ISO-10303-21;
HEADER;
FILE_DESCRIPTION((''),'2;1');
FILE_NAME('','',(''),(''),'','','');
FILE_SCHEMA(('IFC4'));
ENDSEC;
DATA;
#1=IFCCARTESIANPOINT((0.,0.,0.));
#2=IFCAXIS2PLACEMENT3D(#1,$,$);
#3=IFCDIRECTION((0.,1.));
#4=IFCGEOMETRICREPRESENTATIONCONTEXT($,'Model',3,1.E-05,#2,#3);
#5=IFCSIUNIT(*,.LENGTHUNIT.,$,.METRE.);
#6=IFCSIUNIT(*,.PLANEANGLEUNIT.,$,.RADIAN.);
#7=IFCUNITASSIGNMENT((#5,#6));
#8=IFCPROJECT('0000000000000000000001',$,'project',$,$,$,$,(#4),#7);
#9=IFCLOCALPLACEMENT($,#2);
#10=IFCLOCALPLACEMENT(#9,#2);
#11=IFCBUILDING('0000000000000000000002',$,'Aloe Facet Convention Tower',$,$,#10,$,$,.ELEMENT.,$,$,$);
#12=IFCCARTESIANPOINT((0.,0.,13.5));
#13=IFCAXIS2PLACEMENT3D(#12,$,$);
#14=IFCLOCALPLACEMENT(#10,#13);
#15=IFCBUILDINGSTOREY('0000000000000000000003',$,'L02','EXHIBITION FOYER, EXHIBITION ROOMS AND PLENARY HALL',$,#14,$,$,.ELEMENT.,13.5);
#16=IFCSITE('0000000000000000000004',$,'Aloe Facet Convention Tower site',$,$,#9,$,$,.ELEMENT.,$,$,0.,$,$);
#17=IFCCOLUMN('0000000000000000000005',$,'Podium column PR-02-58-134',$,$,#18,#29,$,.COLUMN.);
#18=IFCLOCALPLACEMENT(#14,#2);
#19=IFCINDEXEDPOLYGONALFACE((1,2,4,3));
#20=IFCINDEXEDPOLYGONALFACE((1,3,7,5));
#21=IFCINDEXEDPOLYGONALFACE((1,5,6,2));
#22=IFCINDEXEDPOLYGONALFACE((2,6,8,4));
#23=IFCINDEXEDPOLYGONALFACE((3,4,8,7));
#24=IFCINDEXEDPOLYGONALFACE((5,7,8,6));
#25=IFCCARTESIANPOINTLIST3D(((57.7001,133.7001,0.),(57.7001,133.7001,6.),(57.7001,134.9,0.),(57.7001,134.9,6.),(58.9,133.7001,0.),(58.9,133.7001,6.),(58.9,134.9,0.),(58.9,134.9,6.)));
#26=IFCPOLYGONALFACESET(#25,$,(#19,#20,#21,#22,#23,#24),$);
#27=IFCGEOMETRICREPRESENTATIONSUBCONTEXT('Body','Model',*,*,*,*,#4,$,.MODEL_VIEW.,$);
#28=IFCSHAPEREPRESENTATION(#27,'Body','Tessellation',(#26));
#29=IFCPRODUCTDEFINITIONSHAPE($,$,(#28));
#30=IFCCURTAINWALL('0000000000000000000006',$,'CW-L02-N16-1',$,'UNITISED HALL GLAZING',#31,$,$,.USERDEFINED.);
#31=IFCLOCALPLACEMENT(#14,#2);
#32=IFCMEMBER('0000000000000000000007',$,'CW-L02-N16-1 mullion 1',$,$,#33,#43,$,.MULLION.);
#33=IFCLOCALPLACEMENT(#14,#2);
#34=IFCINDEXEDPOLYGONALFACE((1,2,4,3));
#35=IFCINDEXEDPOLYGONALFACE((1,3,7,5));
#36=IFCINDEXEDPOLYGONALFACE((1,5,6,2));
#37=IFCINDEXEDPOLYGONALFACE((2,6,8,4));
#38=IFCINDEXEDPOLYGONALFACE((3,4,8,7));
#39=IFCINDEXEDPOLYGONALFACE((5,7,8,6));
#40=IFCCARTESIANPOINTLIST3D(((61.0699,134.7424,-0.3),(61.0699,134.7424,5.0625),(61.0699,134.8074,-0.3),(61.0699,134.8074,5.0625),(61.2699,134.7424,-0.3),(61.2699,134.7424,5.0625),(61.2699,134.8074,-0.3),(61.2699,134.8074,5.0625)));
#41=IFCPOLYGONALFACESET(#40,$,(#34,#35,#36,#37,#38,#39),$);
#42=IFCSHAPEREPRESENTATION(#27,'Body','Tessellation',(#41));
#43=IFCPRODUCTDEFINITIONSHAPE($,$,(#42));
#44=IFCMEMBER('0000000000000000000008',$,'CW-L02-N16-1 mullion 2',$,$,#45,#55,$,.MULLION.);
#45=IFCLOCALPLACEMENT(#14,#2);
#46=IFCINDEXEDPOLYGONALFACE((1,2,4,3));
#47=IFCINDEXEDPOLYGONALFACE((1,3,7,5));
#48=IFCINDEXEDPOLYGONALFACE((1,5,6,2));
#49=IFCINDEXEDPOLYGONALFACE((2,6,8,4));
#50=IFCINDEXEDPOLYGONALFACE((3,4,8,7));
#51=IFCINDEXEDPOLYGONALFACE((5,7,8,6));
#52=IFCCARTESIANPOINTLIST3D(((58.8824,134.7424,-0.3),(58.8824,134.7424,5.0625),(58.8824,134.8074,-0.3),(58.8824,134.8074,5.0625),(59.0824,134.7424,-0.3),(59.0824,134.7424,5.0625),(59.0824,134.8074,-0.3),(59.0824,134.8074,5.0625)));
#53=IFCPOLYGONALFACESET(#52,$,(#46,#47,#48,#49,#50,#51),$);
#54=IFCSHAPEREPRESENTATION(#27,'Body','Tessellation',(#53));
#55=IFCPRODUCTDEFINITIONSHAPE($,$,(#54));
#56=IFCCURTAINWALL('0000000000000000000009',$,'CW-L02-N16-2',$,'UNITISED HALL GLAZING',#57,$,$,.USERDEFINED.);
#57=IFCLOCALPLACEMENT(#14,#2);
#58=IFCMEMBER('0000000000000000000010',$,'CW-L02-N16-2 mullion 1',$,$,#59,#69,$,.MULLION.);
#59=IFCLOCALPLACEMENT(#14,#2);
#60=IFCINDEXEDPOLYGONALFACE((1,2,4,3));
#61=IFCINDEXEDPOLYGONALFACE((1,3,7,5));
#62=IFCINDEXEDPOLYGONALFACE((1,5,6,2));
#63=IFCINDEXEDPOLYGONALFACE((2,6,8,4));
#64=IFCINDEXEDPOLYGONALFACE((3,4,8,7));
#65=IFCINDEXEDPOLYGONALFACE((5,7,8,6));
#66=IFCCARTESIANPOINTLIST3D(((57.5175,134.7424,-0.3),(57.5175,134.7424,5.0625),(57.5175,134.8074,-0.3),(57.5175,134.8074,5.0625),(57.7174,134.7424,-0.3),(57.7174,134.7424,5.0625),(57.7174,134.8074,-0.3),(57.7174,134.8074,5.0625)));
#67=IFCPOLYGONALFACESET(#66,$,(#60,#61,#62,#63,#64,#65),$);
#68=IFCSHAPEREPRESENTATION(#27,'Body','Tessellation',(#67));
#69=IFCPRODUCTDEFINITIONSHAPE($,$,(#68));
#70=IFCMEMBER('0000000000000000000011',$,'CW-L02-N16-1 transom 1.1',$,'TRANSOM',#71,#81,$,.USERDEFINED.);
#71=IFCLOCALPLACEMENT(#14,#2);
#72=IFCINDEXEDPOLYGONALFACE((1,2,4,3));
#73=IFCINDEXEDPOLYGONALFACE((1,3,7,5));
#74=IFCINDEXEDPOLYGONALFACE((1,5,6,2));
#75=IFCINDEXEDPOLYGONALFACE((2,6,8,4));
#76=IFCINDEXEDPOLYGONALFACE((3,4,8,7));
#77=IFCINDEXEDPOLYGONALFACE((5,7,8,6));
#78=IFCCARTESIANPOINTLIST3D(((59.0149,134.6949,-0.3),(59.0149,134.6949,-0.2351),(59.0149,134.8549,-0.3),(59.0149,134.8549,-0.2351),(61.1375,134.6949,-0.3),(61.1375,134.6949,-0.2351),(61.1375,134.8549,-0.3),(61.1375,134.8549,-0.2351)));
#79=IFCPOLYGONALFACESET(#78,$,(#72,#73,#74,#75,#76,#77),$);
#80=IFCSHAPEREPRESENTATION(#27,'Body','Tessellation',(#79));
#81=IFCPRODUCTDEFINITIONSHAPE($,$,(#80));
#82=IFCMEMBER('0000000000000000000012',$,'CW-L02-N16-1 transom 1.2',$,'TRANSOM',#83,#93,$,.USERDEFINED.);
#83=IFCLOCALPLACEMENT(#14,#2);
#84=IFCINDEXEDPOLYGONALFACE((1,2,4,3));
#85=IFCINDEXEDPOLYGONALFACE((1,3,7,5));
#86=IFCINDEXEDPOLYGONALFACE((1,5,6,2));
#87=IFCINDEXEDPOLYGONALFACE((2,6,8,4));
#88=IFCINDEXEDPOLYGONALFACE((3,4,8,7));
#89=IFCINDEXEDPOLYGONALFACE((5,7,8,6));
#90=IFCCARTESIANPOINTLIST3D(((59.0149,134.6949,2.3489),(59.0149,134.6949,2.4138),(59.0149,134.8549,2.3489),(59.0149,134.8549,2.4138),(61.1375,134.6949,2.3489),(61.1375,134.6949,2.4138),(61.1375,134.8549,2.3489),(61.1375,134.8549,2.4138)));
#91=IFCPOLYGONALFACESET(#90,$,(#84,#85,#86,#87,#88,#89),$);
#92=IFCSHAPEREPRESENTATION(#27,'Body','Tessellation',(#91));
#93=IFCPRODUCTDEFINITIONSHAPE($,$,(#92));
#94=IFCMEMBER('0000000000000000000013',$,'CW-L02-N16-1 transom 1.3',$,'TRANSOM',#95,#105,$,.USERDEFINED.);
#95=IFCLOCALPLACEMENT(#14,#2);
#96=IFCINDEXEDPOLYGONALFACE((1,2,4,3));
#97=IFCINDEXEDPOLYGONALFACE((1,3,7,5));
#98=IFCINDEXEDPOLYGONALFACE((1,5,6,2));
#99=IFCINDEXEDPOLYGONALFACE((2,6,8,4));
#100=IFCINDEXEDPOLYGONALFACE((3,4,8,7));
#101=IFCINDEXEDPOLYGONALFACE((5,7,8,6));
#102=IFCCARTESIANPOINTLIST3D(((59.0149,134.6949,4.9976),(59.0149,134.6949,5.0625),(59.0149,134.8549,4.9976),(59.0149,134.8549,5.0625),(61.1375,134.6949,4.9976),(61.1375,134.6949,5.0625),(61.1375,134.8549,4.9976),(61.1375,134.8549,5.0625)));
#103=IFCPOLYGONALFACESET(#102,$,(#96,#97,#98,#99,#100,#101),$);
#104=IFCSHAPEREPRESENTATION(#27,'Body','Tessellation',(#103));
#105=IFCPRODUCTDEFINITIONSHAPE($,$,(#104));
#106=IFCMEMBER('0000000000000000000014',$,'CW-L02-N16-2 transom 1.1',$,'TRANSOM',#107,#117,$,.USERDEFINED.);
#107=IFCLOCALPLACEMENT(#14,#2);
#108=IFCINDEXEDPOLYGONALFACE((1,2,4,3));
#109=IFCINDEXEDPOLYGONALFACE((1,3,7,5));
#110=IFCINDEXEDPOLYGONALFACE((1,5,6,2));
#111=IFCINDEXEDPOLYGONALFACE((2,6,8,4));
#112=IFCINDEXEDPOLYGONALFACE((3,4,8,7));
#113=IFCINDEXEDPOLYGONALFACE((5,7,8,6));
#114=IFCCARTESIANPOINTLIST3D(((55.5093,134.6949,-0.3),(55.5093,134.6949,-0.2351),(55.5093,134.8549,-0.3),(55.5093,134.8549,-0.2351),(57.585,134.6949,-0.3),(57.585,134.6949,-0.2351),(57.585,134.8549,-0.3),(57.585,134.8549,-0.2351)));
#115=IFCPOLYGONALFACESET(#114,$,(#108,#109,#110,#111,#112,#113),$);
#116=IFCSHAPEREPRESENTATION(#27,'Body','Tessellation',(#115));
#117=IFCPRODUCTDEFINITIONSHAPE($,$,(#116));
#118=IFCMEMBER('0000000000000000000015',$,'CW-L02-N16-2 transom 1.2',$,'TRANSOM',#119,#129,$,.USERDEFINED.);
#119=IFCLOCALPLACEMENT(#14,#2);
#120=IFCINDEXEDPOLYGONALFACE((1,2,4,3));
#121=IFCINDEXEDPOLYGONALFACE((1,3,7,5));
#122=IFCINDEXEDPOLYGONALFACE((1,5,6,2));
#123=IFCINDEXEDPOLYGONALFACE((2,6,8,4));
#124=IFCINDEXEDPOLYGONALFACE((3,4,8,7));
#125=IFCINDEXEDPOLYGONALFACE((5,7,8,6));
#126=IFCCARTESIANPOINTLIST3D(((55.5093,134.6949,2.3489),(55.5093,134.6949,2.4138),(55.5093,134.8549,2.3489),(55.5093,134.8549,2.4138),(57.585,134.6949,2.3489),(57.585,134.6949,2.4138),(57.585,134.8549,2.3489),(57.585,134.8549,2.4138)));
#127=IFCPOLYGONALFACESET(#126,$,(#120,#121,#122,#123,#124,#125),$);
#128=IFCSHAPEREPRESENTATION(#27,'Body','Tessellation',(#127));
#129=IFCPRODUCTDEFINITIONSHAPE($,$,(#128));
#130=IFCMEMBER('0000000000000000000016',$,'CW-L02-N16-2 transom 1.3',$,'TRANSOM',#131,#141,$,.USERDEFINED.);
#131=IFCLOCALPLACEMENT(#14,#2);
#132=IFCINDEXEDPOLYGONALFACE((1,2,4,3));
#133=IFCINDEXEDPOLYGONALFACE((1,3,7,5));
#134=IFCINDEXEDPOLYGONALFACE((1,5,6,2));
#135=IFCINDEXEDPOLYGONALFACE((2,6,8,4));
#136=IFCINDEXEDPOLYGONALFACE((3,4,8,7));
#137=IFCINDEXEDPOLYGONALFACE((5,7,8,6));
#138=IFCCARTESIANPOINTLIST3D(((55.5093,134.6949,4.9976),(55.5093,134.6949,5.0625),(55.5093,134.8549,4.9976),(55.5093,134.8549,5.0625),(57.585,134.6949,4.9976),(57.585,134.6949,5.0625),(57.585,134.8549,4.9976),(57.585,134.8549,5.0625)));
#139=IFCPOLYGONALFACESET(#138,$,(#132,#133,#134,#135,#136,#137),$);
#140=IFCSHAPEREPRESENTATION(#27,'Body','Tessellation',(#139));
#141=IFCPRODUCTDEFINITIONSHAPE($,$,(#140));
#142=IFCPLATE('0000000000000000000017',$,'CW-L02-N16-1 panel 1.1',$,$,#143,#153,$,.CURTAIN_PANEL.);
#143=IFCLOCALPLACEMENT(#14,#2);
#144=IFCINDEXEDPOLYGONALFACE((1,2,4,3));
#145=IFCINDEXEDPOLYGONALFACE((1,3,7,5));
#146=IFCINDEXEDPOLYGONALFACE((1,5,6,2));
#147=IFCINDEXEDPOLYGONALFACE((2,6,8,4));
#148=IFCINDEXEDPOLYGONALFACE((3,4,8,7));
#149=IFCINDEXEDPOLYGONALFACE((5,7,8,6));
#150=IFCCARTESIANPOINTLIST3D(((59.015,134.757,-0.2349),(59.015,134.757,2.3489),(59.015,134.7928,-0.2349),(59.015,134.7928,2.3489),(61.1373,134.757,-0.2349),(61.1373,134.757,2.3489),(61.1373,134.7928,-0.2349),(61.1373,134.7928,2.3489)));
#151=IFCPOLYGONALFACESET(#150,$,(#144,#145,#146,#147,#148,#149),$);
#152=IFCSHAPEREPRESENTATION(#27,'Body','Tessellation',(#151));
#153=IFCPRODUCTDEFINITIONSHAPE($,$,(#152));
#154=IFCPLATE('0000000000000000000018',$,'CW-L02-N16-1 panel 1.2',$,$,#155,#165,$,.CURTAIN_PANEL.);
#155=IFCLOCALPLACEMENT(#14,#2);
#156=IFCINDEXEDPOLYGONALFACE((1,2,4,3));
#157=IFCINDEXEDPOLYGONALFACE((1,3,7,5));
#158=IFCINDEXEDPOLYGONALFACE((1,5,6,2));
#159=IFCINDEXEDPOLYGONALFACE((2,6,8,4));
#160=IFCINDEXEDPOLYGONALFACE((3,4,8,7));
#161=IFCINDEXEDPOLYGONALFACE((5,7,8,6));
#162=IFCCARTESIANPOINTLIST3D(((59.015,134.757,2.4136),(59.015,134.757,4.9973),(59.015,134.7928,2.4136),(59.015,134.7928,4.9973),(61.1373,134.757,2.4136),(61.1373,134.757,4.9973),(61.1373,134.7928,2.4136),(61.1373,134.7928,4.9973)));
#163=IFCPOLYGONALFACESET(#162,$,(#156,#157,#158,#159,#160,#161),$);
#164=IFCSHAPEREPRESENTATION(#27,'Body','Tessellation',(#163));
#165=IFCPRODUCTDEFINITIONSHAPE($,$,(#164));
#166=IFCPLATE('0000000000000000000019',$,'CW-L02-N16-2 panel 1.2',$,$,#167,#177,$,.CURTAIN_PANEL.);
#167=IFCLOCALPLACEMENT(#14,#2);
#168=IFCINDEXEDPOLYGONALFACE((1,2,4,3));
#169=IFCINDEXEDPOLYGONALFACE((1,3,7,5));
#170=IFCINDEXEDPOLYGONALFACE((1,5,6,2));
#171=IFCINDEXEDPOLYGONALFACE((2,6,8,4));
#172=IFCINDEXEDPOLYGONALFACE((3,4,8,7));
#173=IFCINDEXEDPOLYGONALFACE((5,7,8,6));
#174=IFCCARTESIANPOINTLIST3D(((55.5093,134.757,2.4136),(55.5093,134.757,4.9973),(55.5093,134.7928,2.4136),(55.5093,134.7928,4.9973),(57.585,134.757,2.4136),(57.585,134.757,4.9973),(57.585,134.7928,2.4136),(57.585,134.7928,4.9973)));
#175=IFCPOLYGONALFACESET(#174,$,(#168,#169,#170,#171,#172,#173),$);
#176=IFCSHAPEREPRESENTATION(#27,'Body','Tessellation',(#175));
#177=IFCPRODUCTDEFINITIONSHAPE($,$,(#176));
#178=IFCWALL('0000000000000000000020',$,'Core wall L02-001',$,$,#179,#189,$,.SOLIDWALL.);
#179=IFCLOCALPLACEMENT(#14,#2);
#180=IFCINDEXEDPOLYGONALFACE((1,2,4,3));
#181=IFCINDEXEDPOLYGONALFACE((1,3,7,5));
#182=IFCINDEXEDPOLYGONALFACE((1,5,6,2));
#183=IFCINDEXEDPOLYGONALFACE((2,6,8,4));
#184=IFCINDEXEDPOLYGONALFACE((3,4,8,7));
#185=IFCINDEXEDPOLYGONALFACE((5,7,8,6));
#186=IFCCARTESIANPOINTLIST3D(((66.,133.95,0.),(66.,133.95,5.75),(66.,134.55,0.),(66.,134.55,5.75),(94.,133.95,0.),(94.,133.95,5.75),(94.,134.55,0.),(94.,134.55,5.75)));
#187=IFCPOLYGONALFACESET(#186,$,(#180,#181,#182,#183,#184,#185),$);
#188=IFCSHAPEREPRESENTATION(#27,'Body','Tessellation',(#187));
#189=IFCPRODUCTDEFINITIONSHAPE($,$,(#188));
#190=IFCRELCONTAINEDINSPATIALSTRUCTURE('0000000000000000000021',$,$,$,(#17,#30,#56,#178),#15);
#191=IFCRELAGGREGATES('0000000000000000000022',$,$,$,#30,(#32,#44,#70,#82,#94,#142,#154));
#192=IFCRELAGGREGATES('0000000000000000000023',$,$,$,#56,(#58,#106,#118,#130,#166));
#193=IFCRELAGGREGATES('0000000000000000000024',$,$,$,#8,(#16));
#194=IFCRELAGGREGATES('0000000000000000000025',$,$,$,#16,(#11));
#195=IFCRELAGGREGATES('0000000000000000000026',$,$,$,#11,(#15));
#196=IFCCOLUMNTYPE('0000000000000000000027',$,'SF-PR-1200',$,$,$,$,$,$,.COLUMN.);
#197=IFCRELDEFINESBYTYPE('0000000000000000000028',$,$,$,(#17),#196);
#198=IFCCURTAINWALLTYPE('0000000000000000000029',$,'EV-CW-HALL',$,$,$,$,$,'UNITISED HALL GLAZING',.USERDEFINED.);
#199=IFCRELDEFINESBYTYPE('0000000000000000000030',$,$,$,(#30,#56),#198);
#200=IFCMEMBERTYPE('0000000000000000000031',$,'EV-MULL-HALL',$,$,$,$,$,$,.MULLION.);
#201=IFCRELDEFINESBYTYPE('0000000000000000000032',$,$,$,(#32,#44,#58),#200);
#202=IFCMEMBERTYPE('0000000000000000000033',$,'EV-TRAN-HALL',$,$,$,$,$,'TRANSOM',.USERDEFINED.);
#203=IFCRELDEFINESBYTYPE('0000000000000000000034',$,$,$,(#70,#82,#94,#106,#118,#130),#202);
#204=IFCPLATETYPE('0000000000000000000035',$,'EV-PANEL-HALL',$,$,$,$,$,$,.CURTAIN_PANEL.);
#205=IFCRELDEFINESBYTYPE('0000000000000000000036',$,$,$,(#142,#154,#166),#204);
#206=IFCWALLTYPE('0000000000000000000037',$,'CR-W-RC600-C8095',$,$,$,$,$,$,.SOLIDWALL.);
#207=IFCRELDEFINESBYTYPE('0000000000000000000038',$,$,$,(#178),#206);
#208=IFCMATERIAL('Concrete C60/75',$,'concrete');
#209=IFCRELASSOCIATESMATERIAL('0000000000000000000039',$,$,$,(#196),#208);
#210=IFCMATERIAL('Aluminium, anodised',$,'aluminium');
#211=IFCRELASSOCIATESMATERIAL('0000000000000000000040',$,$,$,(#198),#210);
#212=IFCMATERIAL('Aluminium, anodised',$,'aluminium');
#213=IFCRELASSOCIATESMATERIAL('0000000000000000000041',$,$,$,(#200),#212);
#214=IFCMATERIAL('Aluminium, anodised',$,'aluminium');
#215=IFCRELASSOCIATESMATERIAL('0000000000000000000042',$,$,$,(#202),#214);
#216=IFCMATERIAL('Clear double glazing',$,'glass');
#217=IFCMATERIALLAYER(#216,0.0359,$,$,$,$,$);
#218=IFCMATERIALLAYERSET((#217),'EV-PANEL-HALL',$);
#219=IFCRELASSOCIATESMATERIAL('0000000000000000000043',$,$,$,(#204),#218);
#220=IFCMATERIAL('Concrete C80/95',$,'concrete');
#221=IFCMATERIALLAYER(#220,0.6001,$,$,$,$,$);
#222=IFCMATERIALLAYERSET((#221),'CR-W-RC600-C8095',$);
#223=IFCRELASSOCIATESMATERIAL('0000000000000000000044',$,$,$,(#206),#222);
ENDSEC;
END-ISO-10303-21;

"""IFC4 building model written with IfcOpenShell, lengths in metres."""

from ifc_helpers import new_model, si_unit, direction, frame, frame_2d, origin, origin_2d, place, context, subcontext, project, spatial, rectangle, extrude, material, layer, layer_set, material_profile, profile_set, type_object, element, aggregate, save


model = new_model("IFC4")

# Units and contexts
model_context = context("Model", 3, precision=1e-05, world=origin(), true_north=direction((0.0, 1.0)))
body_context = subcontext(model_context, "Body", "Model", "MODEL_VIEW")
ifc_project = project(units=[si_unit("LENGTHUNIT", "METRE"), si_unit("PLANEANGLEUNIT", "RADIAN")], contexts=[model_context])

# Site, building, storey
site_placement = place(None, origin())
site = spatial("IfcSite", under=ifc_project, at=site_placement, Name="Aloe Facet Convention Tower site", CompositionType="ELEMENT", RefElevation=0.0)
building_placement = place(site_placement, origin())
building = spatial("IfcBuilding", under=site, at=building_placement, Name="Aloe Facet Convention Tower", CompositionType="ELEMENT")
storey_placement = place(building_placement, frame((0.0, 0.0, 13.5)))
storey = spatial("IfcBuildingStorey", under=building, at=storey_placement, Name="L02", Description="EXHIBITION FOYER, EXHIBITION ROOMS AND PLENARY HALL", CompositionType="ELEMENT", Elevation=13.5)

# Column
ifc_material_1 = material(Name="Concrete C60/75", Category="concrete")
ifc_material_profile_1 = material_profile(ifc_material_1, rectangle(XDim=1.2, YDim=1.2, at=origin_2d()), Name="SF-PR-1200")
ifc_profile_set_1 = profile_set([ifc_material_profile_1], Name="Concrete C60/75")
column_type = type_object("IfcColumnType", Name="SF-PR-1200", PredefinedType="COLUMN", material=ifc_profile_set_1)
column_placement = place(storey_placement, frame((58.3, 134.3, 0.0), z_axis=(0.0, 0.0, 1.0), x_axis=(1.0, 0.0, 0.0)))
element("IfcColumn", 1, at=column_placement, inside=storey, type_object=column_type, Name="Podium column PR-02-58-134", PredefinedType="COLUMN", context=body_context, shape_type="SweptSolid", body=[
    extrude(rectangle(XDim=1.2, YDim=1.2, at=origin_2d()), origin(), (0.0, 0.0, 1.0), 6.0),
])

# Curtain wall, members
ifc_material_2 = material(Name="Aluminium, anodised", Category="aluminium")
curtain_wall_type = type_object("IfcCurtainWallType", Name="EV-CW-HALL", ElementType="UNITISED HALL GLAZING", PredefinedType="USERDEFINED", material=ifc_material_2)
curtain_wall_1_placement = place(storey_placement, origin())
curtain_wall_1 = element("IfcCurtainWall", 2, at=curtain_wall_1_placement, inside=storey, type_object=curtain_wall_type, Name="CW-L02-N16-1", ObjectType="UNITISED HALL GLAZING", PredefinedType="USERDEFINED")
ifc_material_3 = material(Name="Aluminium, anodised", Category="aluminium")
ifc_material_profile_2 = material_profile(ifc_material_3, rectangle(XDim=0.0649, YDim=0.2, at=origin_2d()), Name="AL 65x200")
ifc_profile_set_2 = profile_set([ifc_material_profile_2], Name="Aluminium, anodised")
member_type_1 = type_object("IfcMemberType", Name="EV-MULL-HALL", PredefinedType="MULLION", material=ifc_profile_set_2)
member_1_placement = place(storey_placement, frame((61.1699, 134.7749, -0.3), z_axis=(0.0, 0.0, 1.0), x_axis=(0.0, -1.0, 0.0)))
member_1 = element("IfcMember", 3, at=member_1_placement, type_object=member_type_1, Name="CW-L02-N16-1 mullion 1", PredefinedType="MULLION", context=body_context, shape_type="SweptSolid", body=[
    extrude(rectangle(XDim=0.0649, YDim=0.2, at=origin_2d()), origin(), (0.0, 0.0, 1.0), 5.3625),
])
member_2_placement = place(storey_placement, frame((58.9824, 134.7749, -0.3), z_axis=(0.0, 0.0, 1.0), x_axis=(0.0, -1.0, 0.0)))
member_2 = element("IfcMember", 4, at=member_2_placement, type_object=member_type_1, Name="CW-L02-N16-1 mullion 2", PredefinedType="MULLION", context=body_context, shape_type="SweptSolid", body=[
    extrude(rectangle(XDim=0.0649, YDim=0.2, at=origin_2d()), origin(), (0.0, 0.0, 1.0), 5.3625),
])

# Curtain wall, member
curtain_wall_2_placement = place(storey_placement, origin())
curtain_wall_2 = element("IfcCurtainWall", 5, at=curtain_wall_2_placement, inside=storey, type_object=curtain_wall_type, Name="CW-L02-N16-2", ObjectType="UNITISED HALL GLAZING", PredefinedType="USERDEFINED")
member_3_placement = place(storey_placement, frame((57.6174, 134.7749, -0.3), z_axis=(0.0, 0.0, 1.0), x_axis=(0.0, -1.0, 0.0)))
member_3 = element("IfcMember", 6, at=member_3_placement, type_object=member_type_1, Name="CW-L02-N16-2 mullion 1", PredefinedType="MULLION", context=body_context, shape_type="SweptSolid", body=[
    extrude(rectangle(XDim=0.0649, YDim=0.2, at=origin_2d()), origin(), (0.0, 0.0, 1.0), 5.3625),
])

# Members
ifc_material_4 = material(Name="Aluminium, anodised", Category="aluminium")
ifc_material_profile_3 = material_profile(ifc_material_4, rectangle(XDim=0.1599, YDim=0.0649, at=origin_2d()), Name="AL 160x65")
ifc_profile_set_3 = profile_set([ifc_material_profile_3], Name="Aluminium, anodised")
member_type_2 = type_object("IfcMemberType", Name="EV-TRAN-HALL", ElementType="TRANSOM", PredefinedType="USERDEFINED", material=ifc_profile_set_3)
member_4_placement = place(storey_placement, frame((61.1375, 134.7749, -0.2676), z_axis=(-1.0, 0.0, 0.0), x_axis=(0.0, -1.0, 0.0)))
member_4 = element("IfcMember", 7, at=member_4_placement, type_object=member_type_2, Name="CW-L02-N16-1 transom 1.1", ObjectType="TRANSOM", PredefinedType="USERDEFINED", context=body_context, shape_type="SweptSolid", body=[
    extrude(rectangle(XDim=0.1599, YDim=0.0649, at=origin_2d()), origin(), (0.0, 0.0, 1.0), 2.1226),
])
member_5_placement = place(storey_placement, frame((61.1375, 134.7749, 2.3813), z_axis=(-1.0, 0.0, 0.0), x_axis=(0.0, -1.0, 0.0)))
member_5 = element("IfcMember", 8, at=member_5_placement, type_object=member_type_2, Name="CW-L02-N16-1 transom 1.2", ObjectType="TRANSOM", PredefinedType="USERDEFINED", context=body_context, shape_type="SweptSolid", body=[
    extrude(rectangle(XDim=0.1599, YDim=0.0649, at=origin_2d()), origin(), (0.0, 0.0, 1.0), 2.1226),
])
member_6_placement = place(storey_placement, frame((61.1375, 134.7749, 5.03), z_axis=(-1.0, 0.0, 0.0), x_axis=(0.0, -1.0, 0.0)))
member_6 = element("IfcMember", 9, at=member_6_placement, type_object=member_type_2, Name="CW-L02-N16-1 transom 1.3", ObjectType="TRANSOM", PredefinedType="USERDEFINED", context=body_context, shape_type="SweptSolid", body=[
    extrude(rectangle(XDim=0.1599, YDim=0.0649, at=origin_2d()), origin(), (0.0, 0.0, 1.0), 2.1226),
])
member_7_placement = place(storey_placement, frame((57.585, 134.7749, -0.2676), z_axis=(-1.0, 0.0, 0.0), x_axis=(0.0, -1.0, 0.0)))
member_7 = element("IfcMember", 10, at=member_7_placement, type_object=member_type_2, Name="CW-L02-N16-2 transom 1.1", ObjectType="TRANSOM", PredefinedType="USERDEFINED", context=body_context, shape_type="SweptSolid", body=[
    extrude(rectangle(XDim=0.1599, YDim=0.0649, at=origin_2d()), origin(), (0.0, 0.0, 1.0), 2.0757),
])
member_8_placement = place(storey_placement, frame((57.585, 134.7749, 2.3813), z_axis=(-1.0, 0.0, 0.0), x_axis=(0.0, -1.0, 0.0)))
member_8 = element("IfcMember", 11, at=member_8_placement, type_object=member_type_2, Name="CW-L02-N16-2 transom 1.2", ObjectType="TRANSOM", PredefinedType="USERDEFINED", context=body_context, shape_type="SweptSolid", body=[
    extrude(rectangle(XDim=0.1599, YDim=0.0649, at=origin_2d()), origin(), (0.0, 0.0, 1.0), 2.0757),
])
member_9_placement = place(storey_placement, frame((57.585, 134.7749, 5.03), z_axis=(-1.0, 0.0, 0.0), x_axis=(0.0, -1.0, 0.0)))
member_9 = element("IfcMember", 12, at=member_9_placement, type_object=member_type_2, Name="CW-L02-N16-2 transom 1.3", ObjectType="TRANSOM", PredefinedType="USERDEFINED", context=body_context, shape_type="SweptSolid", body=[
    extrude(rectangle(XDim=0.1599, YDim=0.0649, at=origin_2d()), origin(), (0.0, 0.0, 1.0), 2.0757),
])

# Plates
ifc_material_5 = material(Name="Clear double glazing", Category="glass")
ifc_layer_1 = layer(ifc_material_5, 0.0359)
ifc_layer_set_1 = layer_set([ifc_layer_1], Name="EV-PANEL-HALL")
plate_type = type_object("IfcPlateType", Name="EV-PANEL-HALL", PredefinedType="CURTAIN_PANEL", material=ifc_layer_set_1)
plate_1_placement = place(storey_placement, frame((60.0762, 134.7749, -0.2349), z_axis=(0.0, 0.0, 1.0), x_axis=(-1.0, 0.0, 0.0)))
plate_1 = element("IfcPlate", 13, at=plate_1_placement, type_object=plate_type, Name="CW-L02-N16-1 panel 1.1", PredefinedType="CURTAIN_PANEL", context=body_context, shape_type="SweptSolid", body=[
    extrude(rectangle(XDim=2.1223, YDim=0.0359, at=origin_2d()), origin(), (0.0, 0.0, 1.0), 2.5837),
])
plate_2_placement = place(storey_placement, frame((60.0762, 134.7749, 2.4136), z_axis=(0.0, 0.0, 1.0), x_axis=(-1.0, 0.0, 0.0)))
plate_2 = element("IfcPlate", 14, at=plate_2_placement, type_object=plate_type, Name="CW-L02-N16-1 panel 1.2", PredefinedType="CURTAIN_PANEL", context=body_context, shape_type="SweptSolid", body=[
    extrude(rectangle(XDim=2.1223, YDim=0.0359, at=origin_2d()), origin(), (0.0, 0.0, 1.0), 2.5837),
])
aggregate(curtain_wall_1, [member_1, member_2, member_4, member_5, member_6, plate_1, plate_2])
plate_3_placement = place(storey_placement, frame((56.5471, 134.7749, 2.4136), z_axis=(0.0, 0.0, 1.0), x_axis=(-1.0, 0.0, 0.0)))
plate_3 = element("IfcPlate", 15, at=plate_3_placement, type_object=plate_type, Name="CW-L02-N16-2 panel 1.2", PredefinedType="CURTAIN_PANEL", context=body_context, shape_type="SweptSolid", body=[
    extrude(rectangle(XDim=2.0757, YDim=0.0359, at=origin_2d()), origin(), (0.0, 0.0, 1.0), 2.5837),
])
aggregate(curtain_wall_2, [member_3, member_7, member_8, member_9, plate_3])

# Wall
ifc_material_6 = material(Name="Concrete C80/95", Category="concrete")
ifc_layer_2 = layer(ifc_material_6, 0.6001)
ifc_layer_set_2 = layer_set([ifc_layer_2], Name="CR-W-RC600-C8095")
wall_type_1 = type_object("IfcWallType", Name="CR-W-RC600-C8095", PredefinedType="SOLIDWALL", material=ifc_layer_set_2)
wall_1_placement = place(storey_placement, frame((66.0, 134.25, 0.0), z_axis=(0.0, 0.0, 1.0), x_axis=(1.0, 0.0, 0.0)))
element("IfcWall", 16, at=wall_1_placement, inside=storey, type_object=wall_type_1, Name="Core wall L02-001", PredefinedType="SOLIDWALL", context=body_context, shape_type="SweptSolid", body=[
    extrude(rectangle(XDim=28.0, YDim=0.6001, at=frame_2d((14.0, 0.0))), origin(), (0.0, 0.0, 1.0), 5.75),
])

save(model, "model.ifc")
